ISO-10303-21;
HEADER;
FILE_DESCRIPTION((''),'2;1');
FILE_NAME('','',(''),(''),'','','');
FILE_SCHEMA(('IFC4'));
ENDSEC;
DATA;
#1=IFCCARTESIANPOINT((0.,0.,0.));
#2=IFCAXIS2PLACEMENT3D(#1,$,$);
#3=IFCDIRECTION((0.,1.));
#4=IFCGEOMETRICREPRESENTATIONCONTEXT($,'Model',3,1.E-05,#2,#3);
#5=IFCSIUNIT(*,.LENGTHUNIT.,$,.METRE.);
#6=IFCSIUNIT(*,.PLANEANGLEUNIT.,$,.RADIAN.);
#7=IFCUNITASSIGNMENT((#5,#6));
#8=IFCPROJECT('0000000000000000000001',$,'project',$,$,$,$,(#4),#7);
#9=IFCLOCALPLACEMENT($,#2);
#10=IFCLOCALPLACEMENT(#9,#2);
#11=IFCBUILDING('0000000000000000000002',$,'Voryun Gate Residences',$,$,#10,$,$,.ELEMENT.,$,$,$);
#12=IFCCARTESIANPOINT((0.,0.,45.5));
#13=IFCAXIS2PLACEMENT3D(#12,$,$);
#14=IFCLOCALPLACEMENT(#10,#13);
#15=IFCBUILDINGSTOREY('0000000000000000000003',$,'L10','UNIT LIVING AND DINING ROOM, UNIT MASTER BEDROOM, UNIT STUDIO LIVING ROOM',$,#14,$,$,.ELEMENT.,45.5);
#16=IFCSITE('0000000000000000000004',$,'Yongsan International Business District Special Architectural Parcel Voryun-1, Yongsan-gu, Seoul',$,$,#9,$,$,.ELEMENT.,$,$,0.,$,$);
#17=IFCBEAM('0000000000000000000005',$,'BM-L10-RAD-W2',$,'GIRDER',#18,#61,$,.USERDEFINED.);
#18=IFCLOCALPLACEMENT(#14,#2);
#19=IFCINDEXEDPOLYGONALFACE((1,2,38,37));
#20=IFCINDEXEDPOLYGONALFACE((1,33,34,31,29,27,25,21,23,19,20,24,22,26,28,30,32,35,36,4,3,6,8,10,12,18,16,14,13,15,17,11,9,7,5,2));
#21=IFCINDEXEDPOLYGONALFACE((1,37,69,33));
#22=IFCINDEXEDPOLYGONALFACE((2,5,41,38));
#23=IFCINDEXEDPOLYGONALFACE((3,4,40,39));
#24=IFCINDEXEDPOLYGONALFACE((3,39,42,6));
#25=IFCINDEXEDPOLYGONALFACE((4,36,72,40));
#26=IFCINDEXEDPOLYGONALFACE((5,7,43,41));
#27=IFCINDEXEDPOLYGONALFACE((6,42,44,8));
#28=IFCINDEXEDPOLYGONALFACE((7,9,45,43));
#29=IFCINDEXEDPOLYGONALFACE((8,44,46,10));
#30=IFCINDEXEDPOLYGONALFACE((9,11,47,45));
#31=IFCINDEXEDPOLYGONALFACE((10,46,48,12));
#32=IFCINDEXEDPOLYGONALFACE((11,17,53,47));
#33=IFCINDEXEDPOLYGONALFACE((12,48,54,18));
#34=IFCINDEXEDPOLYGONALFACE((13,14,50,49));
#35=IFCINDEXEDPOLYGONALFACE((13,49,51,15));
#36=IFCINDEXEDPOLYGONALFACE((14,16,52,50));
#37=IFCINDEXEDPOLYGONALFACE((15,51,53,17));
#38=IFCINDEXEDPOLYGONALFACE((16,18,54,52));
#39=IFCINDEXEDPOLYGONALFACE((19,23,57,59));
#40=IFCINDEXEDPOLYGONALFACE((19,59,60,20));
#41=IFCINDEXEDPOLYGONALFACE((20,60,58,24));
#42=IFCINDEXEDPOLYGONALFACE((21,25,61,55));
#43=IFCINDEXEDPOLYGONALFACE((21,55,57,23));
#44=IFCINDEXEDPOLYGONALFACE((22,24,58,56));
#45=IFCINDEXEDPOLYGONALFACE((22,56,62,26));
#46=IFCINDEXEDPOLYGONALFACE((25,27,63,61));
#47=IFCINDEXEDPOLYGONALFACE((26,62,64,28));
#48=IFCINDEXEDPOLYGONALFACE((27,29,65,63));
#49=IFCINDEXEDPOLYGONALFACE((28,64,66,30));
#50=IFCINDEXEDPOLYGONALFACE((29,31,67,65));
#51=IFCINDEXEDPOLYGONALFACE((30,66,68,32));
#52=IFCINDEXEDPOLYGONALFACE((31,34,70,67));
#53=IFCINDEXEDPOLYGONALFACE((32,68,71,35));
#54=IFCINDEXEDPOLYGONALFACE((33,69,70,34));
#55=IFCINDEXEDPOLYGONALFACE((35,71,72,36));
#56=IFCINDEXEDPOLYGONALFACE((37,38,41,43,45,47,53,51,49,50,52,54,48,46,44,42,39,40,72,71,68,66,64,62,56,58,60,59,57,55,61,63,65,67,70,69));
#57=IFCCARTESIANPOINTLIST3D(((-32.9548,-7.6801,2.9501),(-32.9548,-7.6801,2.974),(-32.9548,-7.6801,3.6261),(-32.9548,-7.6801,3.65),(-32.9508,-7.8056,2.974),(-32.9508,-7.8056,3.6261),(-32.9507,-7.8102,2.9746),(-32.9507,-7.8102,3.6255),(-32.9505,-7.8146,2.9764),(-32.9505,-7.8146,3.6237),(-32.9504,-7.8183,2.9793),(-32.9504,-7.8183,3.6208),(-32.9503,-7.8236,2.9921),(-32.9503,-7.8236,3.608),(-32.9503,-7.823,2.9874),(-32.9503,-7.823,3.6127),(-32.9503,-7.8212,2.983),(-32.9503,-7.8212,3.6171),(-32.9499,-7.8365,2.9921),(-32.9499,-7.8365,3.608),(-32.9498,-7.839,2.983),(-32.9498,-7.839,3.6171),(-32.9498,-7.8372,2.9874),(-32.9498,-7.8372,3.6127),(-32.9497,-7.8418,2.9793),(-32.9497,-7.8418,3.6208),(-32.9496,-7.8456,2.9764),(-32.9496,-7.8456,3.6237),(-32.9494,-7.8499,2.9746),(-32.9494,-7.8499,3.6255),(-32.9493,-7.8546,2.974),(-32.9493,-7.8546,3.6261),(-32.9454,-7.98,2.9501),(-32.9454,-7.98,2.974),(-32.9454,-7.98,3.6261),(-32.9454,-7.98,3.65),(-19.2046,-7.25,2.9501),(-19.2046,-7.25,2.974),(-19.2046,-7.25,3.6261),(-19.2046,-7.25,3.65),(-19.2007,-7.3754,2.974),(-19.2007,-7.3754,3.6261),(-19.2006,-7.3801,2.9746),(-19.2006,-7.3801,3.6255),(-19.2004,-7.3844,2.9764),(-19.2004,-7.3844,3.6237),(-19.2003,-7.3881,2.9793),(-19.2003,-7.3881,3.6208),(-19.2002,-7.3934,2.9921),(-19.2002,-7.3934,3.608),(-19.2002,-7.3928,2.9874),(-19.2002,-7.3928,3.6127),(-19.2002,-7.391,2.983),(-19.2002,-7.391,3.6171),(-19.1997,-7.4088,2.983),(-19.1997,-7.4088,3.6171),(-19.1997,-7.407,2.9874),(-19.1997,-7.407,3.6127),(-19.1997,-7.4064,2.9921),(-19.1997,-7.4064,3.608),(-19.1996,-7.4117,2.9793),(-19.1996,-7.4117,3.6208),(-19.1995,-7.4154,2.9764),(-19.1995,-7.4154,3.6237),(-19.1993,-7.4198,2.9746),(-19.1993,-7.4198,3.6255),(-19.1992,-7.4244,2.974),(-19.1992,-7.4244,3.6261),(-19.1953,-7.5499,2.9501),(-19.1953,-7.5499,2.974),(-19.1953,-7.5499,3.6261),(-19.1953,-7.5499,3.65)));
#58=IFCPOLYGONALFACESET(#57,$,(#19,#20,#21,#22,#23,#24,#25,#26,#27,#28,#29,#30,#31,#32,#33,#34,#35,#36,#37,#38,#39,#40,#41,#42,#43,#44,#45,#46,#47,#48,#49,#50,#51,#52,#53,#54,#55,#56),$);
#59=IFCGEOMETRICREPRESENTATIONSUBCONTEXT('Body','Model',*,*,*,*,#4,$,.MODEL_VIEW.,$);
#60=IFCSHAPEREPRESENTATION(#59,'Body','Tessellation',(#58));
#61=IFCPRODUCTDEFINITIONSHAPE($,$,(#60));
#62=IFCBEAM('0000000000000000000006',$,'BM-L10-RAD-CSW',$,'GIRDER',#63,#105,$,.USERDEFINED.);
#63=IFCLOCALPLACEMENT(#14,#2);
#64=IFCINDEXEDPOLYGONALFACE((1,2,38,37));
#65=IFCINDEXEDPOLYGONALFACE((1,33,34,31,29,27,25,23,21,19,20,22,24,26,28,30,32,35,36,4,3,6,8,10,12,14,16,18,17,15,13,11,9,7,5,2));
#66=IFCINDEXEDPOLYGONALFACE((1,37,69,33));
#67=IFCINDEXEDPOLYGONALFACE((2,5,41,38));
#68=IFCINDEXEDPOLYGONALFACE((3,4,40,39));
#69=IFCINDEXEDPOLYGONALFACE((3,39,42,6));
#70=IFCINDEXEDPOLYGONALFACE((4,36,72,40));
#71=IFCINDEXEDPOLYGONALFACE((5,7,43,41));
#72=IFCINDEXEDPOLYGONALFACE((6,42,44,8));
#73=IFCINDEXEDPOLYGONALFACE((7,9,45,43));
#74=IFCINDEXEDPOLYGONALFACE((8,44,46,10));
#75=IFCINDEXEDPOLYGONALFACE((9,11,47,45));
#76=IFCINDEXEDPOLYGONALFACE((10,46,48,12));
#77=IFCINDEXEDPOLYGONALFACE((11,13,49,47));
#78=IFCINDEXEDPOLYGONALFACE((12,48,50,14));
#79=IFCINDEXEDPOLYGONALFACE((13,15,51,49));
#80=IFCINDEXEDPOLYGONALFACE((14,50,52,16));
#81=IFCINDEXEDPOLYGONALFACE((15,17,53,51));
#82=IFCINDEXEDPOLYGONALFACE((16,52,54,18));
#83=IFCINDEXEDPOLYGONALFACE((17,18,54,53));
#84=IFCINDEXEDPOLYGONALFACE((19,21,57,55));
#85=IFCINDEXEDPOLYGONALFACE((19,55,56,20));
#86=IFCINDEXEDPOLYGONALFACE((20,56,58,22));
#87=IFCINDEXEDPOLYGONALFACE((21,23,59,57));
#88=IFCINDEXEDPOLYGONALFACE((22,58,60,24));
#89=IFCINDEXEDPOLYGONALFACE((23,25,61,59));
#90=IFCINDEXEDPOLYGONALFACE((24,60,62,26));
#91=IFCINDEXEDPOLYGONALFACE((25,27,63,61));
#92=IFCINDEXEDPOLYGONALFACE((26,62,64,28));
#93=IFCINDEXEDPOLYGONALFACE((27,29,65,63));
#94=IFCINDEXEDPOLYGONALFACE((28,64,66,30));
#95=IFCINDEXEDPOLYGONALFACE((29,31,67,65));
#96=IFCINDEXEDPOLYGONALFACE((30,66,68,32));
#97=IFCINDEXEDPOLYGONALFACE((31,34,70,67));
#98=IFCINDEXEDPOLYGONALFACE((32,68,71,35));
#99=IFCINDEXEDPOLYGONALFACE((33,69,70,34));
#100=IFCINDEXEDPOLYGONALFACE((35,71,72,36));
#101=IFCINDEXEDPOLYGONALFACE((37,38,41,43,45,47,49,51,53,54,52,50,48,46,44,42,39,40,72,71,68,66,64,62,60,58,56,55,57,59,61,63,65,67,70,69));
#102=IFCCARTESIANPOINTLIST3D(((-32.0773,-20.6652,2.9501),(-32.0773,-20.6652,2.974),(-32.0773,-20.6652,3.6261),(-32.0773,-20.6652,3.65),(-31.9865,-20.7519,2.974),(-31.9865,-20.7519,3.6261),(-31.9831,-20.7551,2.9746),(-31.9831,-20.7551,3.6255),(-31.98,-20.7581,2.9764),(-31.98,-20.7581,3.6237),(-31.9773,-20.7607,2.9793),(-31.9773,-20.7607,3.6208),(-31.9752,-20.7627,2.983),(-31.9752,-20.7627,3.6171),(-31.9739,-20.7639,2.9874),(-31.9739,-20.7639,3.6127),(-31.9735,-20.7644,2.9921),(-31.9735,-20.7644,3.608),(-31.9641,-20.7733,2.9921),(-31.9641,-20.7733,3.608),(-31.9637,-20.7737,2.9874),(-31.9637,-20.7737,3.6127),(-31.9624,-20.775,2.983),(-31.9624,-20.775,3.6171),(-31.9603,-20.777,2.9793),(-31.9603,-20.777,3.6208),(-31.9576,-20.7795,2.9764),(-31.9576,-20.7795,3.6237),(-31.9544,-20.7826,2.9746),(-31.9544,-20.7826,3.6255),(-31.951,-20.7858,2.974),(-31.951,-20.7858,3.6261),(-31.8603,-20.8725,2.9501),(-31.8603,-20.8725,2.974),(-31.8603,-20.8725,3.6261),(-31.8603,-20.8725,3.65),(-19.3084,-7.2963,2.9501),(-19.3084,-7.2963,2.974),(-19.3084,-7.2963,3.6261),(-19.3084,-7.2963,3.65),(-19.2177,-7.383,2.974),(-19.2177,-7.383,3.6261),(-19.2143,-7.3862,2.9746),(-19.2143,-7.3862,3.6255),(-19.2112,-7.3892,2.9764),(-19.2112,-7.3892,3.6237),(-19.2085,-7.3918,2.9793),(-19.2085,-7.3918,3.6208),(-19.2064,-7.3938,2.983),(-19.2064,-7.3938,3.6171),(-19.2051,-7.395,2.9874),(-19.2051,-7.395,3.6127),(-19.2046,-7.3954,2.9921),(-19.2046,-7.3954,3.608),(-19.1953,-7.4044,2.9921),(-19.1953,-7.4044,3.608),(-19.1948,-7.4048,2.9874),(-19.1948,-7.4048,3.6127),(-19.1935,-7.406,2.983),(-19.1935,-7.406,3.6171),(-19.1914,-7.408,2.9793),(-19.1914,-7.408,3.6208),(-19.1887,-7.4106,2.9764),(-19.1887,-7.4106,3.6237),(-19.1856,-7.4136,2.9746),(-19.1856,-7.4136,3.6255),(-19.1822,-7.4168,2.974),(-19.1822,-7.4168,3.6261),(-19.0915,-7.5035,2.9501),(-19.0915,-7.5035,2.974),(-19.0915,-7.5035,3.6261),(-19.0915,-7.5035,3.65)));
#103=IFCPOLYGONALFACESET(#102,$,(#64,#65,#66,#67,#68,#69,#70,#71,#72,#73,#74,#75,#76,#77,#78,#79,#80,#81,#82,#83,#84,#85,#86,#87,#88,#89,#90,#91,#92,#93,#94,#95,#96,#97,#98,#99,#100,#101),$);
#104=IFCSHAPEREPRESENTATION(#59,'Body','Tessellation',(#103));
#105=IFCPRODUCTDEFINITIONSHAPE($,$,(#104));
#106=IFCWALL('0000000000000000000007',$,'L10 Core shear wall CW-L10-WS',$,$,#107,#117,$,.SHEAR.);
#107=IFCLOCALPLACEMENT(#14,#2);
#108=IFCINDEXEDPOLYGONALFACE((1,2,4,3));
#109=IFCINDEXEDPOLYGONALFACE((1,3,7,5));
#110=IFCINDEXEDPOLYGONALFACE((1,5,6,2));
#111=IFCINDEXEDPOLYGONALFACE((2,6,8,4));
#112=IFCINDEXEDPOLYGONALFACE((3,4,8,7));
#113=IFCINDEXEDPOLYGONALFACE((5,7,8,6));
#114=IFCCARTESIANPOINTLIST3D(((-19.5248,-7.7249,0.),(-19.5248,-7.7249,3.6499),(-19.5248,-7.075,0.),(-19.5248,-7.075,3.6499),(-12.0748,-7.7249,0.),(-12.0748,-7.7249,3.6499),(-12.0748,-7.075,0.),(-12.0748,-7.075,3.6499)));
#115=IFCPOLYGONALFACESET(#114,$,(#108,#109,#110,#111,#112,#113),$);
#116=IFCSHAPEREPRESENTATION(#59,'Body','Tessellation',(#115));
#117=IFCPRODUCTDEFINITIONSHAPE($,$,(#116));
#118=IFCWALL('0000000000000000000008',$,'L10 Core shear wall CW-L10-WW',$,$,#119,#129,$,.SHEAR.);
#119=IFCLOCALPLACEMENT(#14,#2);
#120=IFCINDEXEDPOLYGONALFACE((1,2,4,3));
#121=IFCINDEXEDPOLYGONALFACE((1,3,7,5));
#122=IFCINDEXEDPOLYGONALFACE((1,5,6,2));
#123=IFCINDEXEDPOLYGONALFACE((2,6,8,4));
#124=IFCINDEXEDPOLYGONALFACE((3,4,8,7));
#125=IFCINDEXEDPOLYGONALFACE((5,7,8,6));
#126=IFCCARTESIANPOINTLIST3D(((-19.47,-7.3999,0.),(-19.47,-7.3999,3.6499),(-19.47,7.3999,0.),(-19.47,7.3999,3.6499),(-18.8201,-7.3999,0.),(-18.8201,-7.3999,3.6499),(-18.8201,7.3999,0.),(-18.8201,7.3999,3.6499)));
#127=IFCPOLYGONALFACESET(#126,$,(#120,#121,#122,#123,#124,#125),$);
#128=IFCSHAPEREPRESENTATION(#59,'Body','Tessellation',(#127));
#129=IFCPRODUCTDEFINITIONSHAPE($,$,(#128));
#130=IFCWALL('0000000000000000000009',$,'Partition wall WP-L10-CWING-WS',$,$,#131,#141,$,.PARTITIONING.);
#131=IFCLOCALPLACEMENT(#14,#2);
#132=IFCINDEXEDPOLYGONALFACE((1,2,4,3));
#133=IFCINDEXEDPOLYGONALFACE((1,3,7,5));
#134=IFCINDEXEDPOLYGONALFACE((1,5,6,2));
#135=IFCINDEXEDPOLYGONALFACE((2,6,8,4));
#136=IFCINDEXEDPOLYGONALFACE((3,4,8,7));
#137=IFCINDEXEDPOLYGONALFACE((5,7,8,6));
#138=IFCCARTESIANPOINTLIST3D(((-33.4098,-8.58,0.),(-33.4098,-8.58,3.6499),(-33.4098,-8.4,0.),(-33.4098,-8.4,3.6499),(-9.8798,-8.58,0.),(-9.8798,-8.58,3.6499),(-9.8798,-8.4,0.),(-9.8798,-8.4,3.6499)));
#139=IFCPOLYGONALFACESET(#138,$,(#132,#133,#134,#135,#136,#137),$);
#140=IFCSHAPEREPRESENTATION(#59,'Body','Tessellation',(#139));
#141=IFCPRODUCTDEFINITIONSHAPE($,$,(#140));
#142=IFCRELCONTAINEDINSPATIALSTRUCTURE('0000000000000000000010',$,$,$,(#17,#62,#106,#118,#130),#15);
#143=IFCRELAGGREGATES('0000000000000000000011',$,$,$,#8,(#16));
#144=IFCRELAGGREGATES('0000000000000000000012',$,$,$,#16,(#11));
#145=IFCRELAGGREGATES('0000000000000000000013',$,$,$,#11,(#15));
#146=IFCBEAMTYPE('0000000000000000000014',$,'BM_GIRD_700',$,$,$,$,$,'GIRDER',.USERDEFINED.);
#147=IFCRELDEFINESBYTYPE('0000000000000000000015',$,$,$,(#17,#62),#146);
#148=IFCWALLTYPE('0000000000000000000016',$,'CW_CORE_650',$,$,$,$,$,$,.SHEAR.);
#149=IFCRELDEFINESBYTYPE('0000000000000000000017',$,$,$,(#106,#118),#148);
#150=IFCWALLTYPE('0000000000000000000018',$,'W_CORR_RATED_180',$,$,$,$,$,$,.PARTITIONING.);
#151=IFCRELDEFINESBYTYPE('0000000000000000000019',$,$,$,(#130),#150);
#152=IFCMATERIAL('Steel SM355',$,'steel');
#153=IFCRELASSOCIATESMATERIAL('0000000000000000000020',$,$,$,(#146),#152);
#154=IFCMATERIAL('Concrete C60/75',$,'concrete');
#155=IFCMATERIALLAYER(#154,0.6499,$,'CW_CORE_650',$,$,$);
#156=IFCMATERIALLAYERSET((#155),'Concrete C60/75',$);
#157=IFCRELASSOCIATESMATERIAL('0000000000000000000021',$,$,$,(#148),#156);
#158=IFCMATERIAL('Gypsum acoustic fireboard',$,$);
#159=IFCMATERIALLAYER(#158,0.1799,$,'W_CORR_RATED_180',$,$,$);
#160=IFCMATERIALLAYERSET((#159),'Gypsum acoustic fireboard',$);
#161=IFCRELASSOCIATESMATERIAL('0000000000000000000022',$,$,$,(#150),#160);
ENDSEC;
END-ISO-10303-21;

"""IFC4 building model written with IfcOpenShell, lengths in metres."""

from ifc_helpers import new_model, si_unit, direction, frame, frame_2d, origin, origin_2d, place, context, subcontext, project, spatial, rectangle, i_section, extrude, material, layer, layer_set, material_profile, profile_set, type_object, element, save


model = new_model("IFC4")

# Units and contexts
model_context = context("Model", 3, precision=1e-05, world=origin(), true_north=direction((0.0, 1.0)))
body_context = subcontext(model_context, "Body", "Model", "MODEL_VIEW")
ifc_project = project(units=[si_unit("LENGTHUNIT", "METRE"), si_unit("PLANEANGLEUNIT", "RADIAN")], contexts=[model_context])

# Site, building, storey
site_placement = place(None, origin())
site = spatial("IfcSite", under=ifc_project, at=site_placement, Name="Yongsan International Business District Special Architectural Parcel Voryun-1, Yongsan-gu, Seoul", CompositionType="ELEMENT", RefElevation=0.0)
building_placement = place(site_placement, origin())
building = spatial("IfcBuilding", under=site, at=building_placement, Name="Voryun Gate Residences", CompositionType="ELEMENT")
storey_placement = place(building_placement, frame((0.0, 0.0, 45.5)))
storey = spatial("IfcBuildingStorey", under=building, at=storey_placement, Name="L10", Description="UNIT LIVING AND DINING ROOM, UNIT MASTER BEDROOM, UNIT STUDIO LIVING ROOM", CompositionType="ELEMENT", Elevation=45.5)

# Beams
ifc_material_1 = material(Name="Steel SM355", Category="steel")
ifc_material_profile_1 = material_profile(ifc_material_1, i_section(OverallWidth=0.3, OverallDepth=0.7, WebThickness=0.0129, FlangeThickness=0.0239, FilletRadius=0.0181, at=origin_2d()), Name="H-700x300x13x24")
ifc_profile_set_1 = profile_set([ifc_material_profile_1], Name="Steel SM355")
beam_type_1 = type_object("IfcBeamType", Name="BM_GIRD_700", ElementType="GIRDER", PredefinedType="USERDEFINED", material=ifc_profile_set_1)
beam_1_placement = place(storey_placement, frame((-19.2, -7.3999, 3.3), z_axis=(-0.999511, -0.03127, 0.0), x_axis=(0.03127, -0.999511, 0.0)))
element("IfcBeam", 1, at=beam_1_placement, inside=storey, type_object=beam_type_1, Name="BM-L10-RAD-W2", ObjectType="GIRDER", PredefinedType="USERDEFINED", context=body_context, shape_type="SweptSolid", body=[
    extrude(i_section(OverallWidth=0.3, OverallDepth=0.7, WebThickness=0.0129, FlangeThickness=0.0239, FilletRadius=0.0181, at=origin_2d()), origin(), (0.0, 0.0, 1.0), 13.7568),
])
beam_2_placement = place(storey_placement, frame((-19.2, -7.3999, 3.3), z_axis=(-0.69069, -0.723151, 0.0), x_axis=(0.723151, -0.69069, 0.0)))
element("IfcBeam", 2, at=beam_2_placement, inside=storey, type_object=beam_type_1, Name="BM-L10-RAD-CSW", ObjectType="GIRDER", PredefinedType="USERDEFINED", context=body_context, shape_type="SweptSolid", body=[
    extrude(i_section(OverallWidth=0.3, OverallDepth=0.7, WebThickness=0.0129, FlangeThickness=0.0239, FilletRadius=0.0181, at=origin_2d()), origin(), (0.0, 0.0, 1.0), 18.4871),
])

# Walls
ifc_material_2 = material(Name="Concrete C60/75", Category="concrete")
ifc_layer_1 = layer(ifc_material_2, 0.6499, Name="CW_CORE_650")
ifc_layer_set_1 = layer_set([ifc_layer_1], Name="Concrete C60/75")
wall_type_1 = type_object("IfcWallType", Name="CW_CORE_650", PredefinedType="SHEAR", material=ifc_layer_set_1)
wall_1_placement = place(storey_placement, frame((-19.5249, -7.3999, 0.0), z_axis=(0.0, 0.0, 1.0), x_axis=(1.0, 0.0, 0.0)))
element("IfcWall", 3, at=wall_1_placement, inside=storey, type_object=wall_type_1, Name="L10 Core shear wall CW-L10-WS", PredefinedType="SHEAR", context=body_context, shape_type="SweptSolid", body=[
    extrude(rectangle(XDim=7.45, YDim=0.6499, at=frame_2d((3.7251, 0.0))), origin(), (0.0, 0.0, 1.0), 3.6499),
])
wall_2_placement = place(storey_placement, frame((-19.145, -7.3999, 0.0), z_axis=(0.0, 0.0, 1.0), x_axis=(0.0, 1.0, 0.0)))
element("IfcWall", 4, at=wall_2_placement, inside=storey, type_object=wall_type_1, Name="L10 Core shear wall CW-L10-WW", PredefinedType="SHEAR", context=body_context, shape_type="SweptSolid", body=[
    extrude(rectangle(XDim=14.7998, YDim=0.6499, at=frame_2d((7.3999, 0.0))), origin(), (0.0, 0.0, 1.0), 3.6499),
])
ifc_material_3 = material(Name="Gypsum acoustic fireboard")
ifc_layer_2 = layer(ifc_material_3, 0.1799, Name="W_CORR_RATED_180")
ifc_layer_set_2 = layer_set([ifc_layer_2], Name="Gypsum acoustic fireboard")
wall_type_2 = type_object("IfcWallType", Name="W_CORR_RATED_180", PredefinedType="PARTITIONING", material=ifc_layer_set_2)
wall_3_placement = place(storey_placement, frame((-33.4099, -8.49, 0.0), z_axis=(0.0, 0.0, 1.0), x_axis=(1.0, 0.0, 0.0)))
element("IfcWall", 5, at=wall_3_placement, inside=storey, type_object=wall_type_2, Name="Partition wall WP-L10-CWING-WS", PredefinedType="PARTITIONING", context=body_context, shape_type="SweptSolid", body=[
    extrude(rectangle(XDim=23.53, YDim=0.1799, at=frame_2d((11.7651, 0.0))), origin(), (0.0, 0.0, 1.0), 3.6499),
])

save(model, "model.ifc")
